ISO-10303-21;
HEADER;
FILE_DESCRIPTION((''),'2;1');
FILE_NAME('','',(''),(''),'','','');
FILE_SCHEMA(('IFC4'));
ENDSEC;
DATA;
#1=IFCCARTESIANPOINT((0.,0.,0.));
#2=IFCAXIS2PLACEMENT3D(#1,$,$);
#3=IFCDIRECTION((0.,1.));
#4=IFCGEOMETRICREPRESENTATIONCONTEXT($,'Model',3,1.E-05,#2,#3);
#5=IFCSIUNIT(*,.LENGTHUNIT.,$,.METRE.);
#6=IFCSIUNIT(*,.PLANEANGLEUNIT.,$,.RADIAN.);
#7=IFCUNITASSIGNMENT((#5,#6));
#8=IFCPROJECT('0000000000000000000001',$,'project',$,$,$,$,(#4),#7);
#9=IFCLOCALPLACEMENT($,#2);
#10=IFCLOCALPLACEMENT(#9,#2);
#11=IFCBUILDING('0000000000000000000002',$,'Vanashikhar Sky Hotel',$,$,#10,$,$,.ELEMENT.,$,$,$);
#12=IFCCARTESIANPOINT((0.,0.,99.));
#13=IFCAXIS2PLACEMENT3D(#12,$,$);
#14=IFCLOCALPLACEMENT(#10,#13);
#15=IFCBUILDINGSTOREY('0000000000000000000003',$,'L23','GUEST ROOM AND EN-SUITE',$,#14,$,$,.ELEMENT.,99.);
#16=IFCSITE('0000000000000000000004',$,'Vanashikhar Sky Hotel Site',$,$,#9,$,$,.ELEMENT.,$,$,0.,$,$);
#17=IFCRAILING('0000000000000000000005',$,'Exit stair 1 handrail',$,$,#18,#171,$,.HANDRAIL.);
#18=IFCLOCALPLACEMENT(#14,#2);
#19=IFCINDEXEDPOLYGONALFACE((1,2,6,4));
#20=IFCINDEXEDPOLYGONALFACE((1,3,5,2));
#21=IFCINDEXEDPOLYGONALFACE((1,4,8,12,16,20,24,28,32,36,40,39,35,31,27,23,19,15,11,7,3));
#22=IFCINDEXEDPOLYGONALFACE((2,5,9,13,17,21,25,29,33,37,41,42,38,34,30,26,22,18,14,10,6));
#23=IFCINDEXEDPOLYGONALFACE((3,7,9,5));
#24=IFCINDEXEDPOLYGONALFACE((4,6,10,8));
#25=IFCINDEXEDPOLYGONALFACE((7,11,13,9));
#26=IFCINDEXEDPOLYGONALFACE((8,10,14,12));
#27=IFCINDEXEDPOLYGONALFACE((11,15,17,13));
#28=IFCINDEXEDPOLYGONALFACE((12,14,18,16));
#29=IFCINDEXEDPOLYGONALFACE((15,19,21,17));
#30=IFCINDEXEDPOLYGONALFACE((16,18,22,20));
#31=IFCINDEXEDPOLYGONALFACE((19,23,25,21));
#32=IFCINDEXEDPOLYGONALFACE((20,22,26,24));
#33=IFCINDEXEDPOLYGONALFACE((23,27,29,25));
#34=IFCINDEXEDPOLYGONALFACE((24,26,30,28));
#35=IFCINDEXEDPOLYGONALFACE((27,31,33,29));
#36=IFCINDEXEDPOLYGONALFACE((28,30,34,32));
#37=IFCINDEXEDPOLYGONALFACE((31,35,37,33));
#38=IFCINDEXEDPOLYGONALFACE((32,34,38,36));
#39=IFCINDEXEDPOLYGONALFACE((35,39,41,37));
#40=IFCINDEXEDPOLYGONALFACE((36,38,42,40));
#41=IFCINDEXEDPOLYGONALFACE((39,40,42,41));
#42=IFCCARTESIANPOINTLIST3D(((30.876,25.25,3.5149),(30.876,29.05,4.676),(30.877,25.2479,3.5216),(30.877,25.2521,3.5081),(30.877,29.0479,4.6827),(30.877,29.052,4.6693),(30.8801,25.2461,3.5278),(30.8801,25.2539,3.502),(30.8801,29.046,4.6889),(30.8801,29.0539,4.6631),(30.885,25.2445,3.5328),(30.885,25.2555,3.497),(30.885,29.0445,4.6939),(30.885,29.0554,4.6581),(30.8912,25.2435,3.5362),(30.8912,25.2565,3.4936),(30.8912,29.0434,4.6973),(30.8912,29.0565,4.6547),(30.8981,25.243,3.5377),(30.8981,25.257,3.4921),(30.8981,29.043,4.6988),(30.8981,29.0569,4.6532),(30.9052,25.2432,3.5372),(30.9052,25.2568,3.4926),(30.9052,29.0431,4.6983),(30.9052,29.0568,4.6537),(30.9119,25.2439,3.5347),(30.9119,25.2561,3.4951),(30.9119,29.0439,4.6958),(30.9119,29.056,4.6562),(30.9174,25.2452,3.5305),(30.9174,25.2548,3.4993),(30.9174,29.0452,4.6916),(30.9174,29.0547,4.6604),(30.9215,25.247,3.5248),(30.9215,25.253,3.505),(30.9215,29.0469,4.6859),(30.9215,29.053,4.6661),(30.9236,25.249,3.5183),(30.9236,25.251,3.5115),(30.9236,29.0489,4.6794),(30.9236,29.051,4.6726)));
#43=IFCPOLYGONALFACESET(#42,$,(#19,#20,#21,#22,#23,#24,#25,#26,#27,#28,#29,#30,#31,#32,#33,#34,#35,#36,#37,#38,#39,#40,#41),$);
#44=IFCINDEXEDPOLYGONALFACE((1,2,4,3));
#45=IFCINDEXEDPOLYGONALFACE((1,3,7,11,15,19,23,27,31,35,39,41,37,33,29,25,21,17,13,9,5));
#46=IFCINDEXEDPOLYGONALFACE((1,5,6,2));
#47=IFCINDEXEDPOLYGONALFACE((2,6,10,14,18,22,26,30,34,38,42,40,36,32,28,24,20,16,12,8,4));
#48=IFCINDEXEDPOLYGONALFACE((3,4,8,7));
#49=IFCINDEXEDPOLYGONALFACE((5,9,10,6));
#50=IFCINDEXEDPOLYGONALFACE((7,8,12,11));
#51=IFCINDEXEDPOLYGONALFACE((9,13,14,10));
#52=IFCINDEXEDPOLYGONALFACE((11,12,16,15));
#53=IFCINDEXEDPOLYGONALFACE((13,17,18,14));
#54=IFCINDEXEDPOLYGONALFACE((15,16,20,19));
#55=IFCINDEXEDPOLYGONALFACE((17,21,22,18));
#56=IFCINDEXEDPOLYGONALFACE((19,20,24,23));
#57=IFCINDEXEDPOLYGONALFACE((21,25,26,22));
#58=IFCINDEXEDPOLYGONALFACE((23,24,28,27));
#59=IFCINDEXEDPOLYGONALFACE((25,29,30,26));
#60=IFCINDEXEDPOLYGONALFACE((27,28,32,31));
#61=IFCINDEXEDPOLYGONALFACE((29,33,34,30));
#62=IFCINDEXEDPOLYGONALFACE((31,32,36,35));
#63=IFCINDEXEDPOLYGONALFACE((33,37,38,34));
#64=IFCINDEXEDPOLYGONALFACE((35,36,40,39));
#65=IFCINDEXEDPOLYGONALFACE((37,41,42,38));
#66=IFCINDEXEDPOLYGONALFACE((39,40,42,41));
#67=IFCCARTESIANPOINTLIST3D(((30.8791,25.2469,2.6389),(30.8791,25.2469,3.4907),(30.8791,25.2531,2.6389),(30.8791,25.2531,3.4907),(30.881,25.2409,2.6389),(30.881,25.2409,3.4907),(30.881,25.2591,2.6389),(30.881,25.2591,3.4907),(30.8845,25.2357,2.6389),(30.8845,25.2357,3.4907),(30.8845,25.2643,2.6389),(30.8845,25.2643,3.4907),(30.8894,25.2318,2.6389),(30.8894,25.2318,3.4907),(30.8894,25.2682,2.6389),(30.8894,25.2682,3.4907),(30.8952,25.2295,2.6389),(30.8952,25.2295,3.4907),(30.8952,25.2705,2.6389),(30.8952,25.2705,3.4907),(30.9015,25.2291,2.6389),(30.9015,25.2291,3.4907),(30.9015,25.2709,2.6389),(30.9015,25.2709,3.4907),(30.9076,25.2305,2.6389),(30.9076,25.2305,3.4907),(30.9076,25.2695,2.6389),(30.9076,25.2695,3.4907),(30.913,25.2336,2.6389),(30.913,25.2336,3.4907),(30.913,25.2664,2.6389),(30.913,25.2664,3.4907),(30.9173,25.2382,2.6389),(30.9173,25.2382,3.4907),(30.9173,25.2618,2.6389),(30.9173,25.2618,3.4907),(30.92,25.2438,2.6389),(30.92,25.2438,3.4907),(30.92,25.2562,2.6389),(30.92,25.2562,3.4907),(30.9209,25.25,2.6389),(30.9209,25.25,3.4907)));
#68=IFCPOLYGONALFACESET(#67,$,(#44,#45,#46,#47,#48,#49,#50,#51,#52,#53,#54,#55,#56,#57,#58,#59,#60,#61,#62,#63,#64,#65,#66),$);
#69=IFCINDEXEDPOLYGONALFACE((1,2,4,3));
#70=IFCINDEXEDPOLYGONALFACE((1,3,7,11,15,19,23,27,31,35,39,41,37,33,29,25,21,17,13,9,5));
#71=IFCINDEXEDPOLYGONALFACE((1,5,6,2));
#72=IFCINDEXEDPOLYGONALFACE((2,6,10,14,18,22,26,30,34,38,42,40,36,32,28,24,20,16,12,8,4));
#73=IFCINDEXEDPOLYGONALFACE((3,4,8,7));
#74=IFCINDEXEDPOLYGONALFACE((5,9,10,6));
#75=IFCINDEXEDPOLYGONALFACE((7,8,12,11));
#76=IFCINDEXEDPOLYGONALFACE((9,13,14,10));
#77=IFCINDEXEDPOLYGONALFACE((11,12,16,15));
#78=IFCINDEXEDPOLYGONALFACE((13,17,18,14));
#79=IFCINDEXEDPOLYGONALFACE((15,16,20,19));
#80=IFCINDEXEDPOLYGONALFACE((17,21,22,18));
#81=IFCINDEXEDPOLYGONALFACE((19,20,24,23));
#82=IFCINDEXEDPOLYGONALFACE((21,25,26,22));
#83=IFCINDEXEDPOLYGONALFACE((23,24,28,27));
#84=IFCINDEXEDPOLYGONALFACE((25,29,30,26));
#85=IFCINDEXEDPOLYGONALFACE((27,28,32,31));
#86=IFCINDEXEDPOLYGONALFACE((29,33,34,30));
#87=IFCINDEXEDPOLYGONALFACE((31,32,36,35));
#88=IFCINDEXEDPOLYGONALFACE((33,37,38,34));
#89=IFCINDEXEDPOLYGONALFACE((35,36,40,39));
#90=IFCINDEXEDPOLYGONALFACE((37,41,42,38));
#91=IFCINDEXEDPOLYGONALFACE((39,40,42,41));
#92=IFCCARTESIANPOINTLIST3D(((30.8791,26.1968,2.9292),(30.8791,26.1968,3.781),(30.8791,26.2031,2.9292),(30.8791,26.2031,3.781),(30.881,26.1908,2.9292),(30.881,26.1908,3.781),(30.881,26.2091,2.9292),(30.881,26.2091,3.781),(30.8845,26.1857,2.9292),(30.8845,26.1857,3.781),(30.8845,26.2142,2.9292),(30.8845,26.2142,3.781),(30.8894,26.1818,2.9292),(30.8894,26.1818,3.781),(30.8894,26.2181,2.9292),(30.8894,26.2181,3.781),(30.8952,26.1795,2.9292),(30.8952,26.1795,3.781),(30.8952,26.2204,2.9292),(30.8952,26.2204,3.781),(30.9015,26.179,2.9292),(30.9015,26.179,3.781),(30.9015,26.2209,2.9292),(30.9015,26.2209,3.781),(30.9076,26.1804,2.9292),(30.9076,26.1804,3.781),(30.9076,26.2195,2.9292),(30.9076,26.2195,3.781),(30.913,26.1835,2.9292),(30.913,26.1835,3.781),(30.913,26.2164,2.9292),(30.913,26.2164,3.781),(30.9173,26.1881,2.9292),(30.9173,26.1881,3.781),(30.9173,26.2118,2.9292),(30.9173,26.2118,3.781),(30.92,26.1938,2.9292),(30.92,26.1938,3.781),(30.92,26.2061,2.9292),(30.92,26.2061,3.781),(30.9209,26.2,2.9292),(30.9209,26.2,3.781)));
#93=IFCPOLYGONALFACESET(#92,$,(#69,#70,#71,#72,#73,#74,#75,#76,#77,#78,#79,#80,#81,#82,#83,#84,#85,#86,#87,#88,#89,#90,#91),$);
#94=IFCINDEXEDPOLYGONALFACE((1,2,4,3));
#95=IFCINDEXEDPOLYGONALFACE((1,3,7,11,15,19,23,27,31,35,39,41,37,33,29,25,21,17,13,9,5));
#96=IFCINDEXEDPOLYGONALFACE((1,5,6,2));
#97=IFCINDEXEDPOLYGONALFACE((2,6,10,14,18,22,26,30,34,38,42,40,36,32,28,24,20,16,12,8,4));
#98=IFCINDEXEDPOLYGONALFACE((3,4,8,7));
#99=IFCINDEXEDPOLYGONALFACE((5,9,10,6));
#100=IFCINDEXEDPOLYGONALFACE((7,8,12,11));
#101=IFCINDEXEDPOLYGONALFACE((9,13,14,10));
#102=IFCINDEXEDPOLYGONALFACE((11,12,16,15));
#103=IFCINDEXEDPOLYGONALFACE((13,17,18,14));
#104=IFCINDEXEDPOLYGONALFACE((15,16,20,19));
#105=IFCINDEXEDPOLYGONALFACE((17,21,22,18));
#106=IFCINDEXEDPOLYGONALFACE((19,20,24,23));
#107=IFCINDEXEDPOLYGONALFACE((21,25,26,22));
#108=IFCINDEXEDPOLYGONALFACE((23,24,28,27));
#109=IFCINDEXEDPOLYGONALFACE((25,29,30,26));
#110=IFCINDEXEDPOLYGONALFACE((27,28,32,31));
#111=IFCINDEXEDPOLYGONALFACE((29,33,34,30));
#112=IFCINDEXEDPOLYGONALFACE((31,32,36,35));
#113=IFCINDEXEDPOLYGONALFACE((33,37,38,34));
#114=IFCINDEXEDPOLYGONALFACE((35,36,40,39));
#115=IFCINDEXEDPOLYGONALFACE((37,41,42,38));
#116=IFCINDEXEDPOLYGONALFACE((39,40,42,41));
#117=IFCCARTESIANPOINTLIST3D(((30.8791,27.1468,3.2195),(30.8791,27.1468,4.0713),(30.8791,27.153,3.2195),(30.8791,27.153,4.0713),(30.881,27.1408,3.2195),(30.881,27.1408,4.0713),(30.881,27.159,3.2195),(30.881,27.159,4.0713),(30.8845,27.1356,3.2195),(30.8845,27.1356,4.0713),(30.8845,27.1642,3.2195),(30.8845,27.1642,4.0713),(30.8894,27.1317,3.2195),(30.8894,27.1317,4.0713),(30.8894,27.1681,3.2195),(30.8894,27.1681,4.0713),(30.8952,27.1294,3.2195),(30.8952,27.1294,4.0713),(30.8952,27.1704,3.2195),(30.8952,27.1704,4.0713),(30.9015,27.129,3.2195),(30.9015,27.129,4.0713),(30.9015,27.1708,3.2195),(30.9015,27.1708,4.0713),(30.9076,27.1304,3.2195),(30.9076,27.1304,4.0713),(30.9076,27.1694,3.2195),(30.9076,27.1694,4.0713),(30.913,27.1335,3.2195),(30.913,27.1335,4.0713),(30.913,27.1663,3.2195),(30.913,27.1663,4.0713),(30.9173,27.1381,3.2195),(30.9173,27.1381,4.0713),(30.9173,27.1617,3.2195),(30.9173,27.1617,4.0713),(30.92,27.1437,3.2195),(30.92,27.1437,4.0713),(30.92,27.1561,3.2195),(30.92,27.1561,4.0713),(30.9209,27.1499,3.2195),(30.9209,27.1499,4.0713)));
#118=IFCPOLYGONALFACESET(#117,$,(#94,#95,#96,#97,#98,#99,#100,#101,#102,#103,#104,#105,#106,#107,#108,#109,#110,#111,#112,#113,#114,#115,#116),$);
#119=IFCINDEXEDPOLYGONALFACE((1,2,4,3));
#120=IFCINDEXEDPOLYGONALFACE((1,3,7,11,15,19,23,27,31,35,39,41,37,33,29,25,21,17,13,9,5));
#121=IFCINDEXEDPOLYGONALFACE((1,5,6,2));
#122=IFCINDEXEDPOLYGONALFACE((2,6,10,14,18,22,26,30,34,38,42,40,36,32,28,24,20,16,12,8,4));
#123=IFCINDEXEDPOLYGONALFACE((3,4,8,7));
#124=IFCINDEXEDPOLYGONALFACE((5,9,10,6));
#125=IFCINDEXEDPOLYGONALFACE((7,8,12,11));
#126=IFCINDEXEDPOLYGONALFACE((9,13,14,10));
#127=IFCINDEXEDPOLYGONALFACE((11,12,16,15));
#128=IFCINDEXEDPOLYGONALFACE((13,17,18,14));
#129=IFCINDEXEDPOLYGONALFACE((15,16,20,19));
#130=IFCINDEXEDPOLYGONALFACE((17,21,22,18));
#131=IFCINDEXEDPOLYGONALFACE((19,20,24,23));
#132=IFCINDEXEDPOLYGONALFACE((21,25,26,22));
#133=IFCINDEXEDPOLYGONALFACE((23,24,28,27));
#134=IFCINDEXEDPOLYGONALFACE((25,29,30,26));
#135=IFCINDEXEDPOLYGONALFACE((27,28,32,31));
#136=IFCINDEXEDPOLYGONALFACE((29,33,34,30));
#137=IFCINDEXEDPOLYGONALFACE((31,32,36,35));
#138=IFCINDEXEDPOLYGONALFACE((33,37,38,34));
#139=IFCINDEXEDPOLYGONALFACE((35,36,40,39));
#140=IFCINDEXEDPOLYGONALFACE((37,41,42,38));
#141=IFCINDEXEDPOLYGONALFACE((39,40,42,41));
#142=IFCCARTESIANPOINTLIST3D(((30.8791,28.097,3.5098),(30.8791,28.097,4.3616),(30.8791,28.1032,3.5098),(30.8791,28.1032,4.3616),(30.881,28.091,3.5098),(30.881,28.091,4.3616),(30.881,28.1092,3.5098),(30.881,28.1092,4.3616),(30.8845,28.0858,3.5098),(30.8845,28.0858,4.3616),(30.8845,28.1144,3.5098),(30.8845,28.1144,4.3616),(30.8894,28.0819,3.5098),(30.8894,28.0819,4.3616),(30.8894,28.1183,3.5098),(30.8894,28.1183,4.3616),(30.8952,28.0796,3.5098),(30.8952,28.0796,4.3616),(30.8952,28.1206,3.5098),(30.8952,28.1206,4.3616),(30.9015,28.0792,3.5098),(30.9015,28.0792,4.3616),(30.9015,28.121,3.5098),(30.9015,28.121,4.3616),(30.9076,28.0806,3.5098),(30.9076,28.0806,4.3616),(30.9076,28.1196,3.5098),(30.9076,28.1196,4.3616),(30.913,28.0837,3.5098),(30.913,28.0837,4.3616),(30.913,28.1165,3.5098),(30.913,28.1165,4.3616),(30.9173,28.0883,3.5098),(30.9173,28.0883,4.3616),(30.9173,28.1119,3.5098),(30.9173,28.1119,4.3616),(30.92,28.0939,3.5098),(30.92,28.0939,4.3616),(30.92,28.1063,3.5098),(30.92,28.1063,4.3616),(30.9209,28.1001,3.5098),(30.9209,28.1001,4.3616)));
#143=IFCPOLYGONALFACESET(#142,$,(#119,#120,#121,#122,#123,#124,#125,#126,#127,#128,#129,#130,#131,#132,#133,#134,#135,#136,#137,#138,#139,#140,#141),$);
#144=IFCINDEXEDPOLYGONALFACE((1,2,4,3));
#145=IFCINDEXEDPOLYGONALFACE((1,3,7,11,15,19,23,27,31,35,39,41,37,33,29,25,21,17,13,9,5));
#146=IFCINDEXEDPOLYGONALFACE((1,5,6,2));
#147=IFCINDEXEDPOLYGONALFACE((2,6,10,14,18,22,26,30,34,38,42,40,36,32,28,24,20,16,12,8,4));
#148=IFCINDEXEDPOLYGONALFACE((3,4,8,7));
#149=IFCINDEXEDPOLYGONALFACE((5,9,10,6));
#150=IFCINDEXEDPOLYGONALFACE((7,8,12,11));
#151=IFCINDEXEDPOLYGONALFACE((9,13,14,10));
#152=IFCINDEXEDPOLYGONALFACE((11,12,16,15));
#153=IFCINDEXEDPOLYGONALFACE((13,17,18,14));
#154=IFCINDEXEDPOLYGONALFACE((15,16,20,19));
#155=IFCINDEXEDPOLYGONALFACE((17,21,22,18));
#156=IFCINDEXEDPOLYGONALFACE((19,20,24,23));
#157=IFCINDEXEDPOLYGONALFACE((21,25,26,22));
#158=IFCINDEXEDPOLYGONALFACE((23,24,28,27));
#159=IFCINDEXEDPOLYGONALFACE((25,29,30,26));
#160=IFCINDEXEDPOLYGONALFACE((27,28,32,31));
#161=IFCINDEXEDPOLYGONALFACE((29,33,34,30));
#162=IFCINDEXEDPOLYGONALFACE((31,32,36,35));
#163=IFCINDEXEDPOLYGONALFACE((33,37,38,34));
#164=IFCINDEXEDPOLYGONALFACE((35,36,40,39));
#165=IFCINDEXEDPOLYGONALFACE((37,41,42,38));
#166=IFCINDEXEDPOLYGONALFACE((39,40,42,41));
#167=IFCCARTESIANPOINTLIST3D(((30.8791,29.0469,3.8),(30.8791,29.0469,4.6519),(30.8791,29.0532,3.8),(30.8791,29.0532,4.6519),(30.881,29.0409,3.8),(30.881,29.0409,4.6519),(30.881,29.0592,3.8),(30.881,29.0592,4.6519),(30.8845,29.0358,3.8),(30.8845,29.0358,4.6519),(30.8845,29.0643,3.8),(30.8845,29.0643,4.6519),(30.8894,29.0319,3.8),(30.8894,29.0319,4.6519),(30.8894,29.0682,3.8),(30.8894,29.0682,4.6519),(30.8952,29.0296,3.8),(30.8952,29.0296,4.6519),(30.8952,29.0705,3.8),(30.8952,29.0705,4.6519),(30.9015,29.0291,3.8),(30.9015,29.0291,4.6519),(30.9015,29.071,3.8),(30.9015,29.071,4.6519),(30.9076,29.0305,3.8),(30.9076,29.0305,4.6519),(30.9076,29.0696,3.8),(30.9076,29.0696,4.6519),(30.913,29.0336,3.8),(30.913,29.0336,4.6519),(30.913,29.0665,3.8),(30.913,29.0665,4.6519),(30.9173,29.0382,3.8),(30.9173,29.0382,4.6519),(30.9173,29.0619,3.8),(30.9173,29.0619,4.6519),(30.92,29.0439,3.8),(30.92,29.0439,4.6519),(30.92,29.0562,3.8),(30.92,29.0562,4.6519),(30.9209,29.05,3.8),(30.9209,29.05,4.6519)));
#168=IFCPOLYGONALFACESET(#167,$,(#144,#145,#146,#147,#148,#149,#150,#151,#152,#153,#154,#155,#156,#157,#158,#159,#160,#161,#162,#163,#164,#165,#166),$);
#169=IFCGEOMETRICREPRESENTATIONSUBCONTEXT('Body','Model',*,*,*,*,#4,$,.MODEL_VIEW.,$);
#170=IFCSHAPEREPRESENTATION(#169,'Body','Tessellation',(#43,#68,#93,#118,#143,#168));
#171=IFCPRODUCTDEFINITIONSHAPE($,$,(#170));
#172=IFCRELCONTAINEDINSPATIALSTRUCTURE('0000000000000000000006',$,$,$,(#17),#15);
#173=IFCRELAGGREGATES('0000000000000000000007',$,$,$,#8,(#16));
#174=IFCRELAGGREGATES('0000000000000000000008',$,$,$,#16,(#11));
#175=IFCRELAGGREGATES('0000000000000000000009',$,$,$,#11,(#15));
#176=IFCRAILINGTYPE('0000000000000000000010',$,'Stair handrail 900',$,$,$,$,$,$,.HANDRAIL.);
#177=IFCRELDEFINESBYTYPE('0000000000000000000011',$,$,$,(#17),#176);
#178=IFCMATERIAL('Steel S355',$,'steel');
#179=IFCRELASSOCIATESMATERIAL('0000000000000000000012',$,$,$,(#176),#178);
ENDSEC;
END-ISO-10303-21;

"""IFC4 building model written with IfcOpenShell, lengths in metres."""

from ifc_helpers import new_model, si_unit, direction, frame, origin, origin_2d, place, context, subcontext, project, spatial, circle, extrude, source, transform, mapped, material, type_object, element, save


model = new_model("IFC4")

# Units and contexts
model_context = context("Model", 3, precision=1e-05, world=origin(), true_north=direction((0.0, 1.0)))
body_context = subcontext(model_context, "Body", "Model", "MODEL_VIEW")
ifc_project = project(units=[si_unit("LENGTHUNIT", "METRE"), si_unit("PLANEANGLEUNIT", "RADIAN")], contexts=[model_context])

# Site, building, storey
site_placement = place(None, origin())
site = spatial("IfcSite", under=ifc_project, at=site_placement, Name="Vanashikhar Sky Hotel Site", CompositionType="ELEMENT", RefElevation=0.0)
building_placement = place(site_placement, origin())
building = spatial("IfcBuilding", under=site, at=building_placement, Name="Vanashikhar Sky Hotel", CompositionType="ELEMENT")
storey_placement = place(building_placement, frame((0.0, 0.0, 99.0)))
storey = spatial("IfcBuildingStorey", under=building, at=storey_placement, Name="L23", Description="GUEST ROOM AND EN-SUITE", CompositionType="ELEMENT", Elevation=99.0)

# Railing
ifc_material_1 = material(Name="Steel S355", Category="steel")
railing_type = type_object("IfcRailingType", Name="Stair handrail 900", PredefinedType="HANDRAIL", material=ifc_material_1)
shared_shape_1 = source(origin(), body_context, "Body", "SweptSolid", [
    extrude(circle(Radius=0.0239, at=origin_2d()), frame((0.0, 0.0, 0.876), z_axis=(0.0, 0.956351, 0.29222), x_axis=(-1.0, 0.0, 0.0)), (0.0, 0.0, 1.0), 3.9734),
    extrude(circle(Radius=0.021, at=origin_2d()), origin(), (0.0, 0.0, 1.0), 0.8518),
    extrude(circle(Radius=0.021, at=origin_2d()), frame((0.0, 0.95, 0.2903)), (0.0, 0.0, 1.0), 0.8518),
    extrude(circle(Radius=0.021, at=origin_2d()), frame((0.0, 1.8999, 0.5806)), (0.0, 0.0, 1.0), 0.8518),
    extrude(circle(Radius=0.021, at=origin_2d()), frame((0.0, 2.8501, 0.8708)), (0.0, 0.0, 1.0), 0.8518),
    extrude(circle(Radius=0.021, at=origin_2d()), frame((0.0, 3.8, 1.1611)), (0.0, 0.0, 1.0), 0.8518),
])
for number, where, name in (
    (1, (30.8999, 25.25, 2.6389), "Exit stair 1 handrail"),
):
    element("IfcRailing", number, at=place(storey_placement, frame(where)), inside=storey, type_object=railing_type, Name=name, PredefinedType="HANDRAIL", context=body_context, shape_type="MappedRepresentation", body=[
        mapped(shared_shape_1, transform((0.0, 0.0, 0.0), scale=1.0)),
    ])

save(model, "model.ifc")
